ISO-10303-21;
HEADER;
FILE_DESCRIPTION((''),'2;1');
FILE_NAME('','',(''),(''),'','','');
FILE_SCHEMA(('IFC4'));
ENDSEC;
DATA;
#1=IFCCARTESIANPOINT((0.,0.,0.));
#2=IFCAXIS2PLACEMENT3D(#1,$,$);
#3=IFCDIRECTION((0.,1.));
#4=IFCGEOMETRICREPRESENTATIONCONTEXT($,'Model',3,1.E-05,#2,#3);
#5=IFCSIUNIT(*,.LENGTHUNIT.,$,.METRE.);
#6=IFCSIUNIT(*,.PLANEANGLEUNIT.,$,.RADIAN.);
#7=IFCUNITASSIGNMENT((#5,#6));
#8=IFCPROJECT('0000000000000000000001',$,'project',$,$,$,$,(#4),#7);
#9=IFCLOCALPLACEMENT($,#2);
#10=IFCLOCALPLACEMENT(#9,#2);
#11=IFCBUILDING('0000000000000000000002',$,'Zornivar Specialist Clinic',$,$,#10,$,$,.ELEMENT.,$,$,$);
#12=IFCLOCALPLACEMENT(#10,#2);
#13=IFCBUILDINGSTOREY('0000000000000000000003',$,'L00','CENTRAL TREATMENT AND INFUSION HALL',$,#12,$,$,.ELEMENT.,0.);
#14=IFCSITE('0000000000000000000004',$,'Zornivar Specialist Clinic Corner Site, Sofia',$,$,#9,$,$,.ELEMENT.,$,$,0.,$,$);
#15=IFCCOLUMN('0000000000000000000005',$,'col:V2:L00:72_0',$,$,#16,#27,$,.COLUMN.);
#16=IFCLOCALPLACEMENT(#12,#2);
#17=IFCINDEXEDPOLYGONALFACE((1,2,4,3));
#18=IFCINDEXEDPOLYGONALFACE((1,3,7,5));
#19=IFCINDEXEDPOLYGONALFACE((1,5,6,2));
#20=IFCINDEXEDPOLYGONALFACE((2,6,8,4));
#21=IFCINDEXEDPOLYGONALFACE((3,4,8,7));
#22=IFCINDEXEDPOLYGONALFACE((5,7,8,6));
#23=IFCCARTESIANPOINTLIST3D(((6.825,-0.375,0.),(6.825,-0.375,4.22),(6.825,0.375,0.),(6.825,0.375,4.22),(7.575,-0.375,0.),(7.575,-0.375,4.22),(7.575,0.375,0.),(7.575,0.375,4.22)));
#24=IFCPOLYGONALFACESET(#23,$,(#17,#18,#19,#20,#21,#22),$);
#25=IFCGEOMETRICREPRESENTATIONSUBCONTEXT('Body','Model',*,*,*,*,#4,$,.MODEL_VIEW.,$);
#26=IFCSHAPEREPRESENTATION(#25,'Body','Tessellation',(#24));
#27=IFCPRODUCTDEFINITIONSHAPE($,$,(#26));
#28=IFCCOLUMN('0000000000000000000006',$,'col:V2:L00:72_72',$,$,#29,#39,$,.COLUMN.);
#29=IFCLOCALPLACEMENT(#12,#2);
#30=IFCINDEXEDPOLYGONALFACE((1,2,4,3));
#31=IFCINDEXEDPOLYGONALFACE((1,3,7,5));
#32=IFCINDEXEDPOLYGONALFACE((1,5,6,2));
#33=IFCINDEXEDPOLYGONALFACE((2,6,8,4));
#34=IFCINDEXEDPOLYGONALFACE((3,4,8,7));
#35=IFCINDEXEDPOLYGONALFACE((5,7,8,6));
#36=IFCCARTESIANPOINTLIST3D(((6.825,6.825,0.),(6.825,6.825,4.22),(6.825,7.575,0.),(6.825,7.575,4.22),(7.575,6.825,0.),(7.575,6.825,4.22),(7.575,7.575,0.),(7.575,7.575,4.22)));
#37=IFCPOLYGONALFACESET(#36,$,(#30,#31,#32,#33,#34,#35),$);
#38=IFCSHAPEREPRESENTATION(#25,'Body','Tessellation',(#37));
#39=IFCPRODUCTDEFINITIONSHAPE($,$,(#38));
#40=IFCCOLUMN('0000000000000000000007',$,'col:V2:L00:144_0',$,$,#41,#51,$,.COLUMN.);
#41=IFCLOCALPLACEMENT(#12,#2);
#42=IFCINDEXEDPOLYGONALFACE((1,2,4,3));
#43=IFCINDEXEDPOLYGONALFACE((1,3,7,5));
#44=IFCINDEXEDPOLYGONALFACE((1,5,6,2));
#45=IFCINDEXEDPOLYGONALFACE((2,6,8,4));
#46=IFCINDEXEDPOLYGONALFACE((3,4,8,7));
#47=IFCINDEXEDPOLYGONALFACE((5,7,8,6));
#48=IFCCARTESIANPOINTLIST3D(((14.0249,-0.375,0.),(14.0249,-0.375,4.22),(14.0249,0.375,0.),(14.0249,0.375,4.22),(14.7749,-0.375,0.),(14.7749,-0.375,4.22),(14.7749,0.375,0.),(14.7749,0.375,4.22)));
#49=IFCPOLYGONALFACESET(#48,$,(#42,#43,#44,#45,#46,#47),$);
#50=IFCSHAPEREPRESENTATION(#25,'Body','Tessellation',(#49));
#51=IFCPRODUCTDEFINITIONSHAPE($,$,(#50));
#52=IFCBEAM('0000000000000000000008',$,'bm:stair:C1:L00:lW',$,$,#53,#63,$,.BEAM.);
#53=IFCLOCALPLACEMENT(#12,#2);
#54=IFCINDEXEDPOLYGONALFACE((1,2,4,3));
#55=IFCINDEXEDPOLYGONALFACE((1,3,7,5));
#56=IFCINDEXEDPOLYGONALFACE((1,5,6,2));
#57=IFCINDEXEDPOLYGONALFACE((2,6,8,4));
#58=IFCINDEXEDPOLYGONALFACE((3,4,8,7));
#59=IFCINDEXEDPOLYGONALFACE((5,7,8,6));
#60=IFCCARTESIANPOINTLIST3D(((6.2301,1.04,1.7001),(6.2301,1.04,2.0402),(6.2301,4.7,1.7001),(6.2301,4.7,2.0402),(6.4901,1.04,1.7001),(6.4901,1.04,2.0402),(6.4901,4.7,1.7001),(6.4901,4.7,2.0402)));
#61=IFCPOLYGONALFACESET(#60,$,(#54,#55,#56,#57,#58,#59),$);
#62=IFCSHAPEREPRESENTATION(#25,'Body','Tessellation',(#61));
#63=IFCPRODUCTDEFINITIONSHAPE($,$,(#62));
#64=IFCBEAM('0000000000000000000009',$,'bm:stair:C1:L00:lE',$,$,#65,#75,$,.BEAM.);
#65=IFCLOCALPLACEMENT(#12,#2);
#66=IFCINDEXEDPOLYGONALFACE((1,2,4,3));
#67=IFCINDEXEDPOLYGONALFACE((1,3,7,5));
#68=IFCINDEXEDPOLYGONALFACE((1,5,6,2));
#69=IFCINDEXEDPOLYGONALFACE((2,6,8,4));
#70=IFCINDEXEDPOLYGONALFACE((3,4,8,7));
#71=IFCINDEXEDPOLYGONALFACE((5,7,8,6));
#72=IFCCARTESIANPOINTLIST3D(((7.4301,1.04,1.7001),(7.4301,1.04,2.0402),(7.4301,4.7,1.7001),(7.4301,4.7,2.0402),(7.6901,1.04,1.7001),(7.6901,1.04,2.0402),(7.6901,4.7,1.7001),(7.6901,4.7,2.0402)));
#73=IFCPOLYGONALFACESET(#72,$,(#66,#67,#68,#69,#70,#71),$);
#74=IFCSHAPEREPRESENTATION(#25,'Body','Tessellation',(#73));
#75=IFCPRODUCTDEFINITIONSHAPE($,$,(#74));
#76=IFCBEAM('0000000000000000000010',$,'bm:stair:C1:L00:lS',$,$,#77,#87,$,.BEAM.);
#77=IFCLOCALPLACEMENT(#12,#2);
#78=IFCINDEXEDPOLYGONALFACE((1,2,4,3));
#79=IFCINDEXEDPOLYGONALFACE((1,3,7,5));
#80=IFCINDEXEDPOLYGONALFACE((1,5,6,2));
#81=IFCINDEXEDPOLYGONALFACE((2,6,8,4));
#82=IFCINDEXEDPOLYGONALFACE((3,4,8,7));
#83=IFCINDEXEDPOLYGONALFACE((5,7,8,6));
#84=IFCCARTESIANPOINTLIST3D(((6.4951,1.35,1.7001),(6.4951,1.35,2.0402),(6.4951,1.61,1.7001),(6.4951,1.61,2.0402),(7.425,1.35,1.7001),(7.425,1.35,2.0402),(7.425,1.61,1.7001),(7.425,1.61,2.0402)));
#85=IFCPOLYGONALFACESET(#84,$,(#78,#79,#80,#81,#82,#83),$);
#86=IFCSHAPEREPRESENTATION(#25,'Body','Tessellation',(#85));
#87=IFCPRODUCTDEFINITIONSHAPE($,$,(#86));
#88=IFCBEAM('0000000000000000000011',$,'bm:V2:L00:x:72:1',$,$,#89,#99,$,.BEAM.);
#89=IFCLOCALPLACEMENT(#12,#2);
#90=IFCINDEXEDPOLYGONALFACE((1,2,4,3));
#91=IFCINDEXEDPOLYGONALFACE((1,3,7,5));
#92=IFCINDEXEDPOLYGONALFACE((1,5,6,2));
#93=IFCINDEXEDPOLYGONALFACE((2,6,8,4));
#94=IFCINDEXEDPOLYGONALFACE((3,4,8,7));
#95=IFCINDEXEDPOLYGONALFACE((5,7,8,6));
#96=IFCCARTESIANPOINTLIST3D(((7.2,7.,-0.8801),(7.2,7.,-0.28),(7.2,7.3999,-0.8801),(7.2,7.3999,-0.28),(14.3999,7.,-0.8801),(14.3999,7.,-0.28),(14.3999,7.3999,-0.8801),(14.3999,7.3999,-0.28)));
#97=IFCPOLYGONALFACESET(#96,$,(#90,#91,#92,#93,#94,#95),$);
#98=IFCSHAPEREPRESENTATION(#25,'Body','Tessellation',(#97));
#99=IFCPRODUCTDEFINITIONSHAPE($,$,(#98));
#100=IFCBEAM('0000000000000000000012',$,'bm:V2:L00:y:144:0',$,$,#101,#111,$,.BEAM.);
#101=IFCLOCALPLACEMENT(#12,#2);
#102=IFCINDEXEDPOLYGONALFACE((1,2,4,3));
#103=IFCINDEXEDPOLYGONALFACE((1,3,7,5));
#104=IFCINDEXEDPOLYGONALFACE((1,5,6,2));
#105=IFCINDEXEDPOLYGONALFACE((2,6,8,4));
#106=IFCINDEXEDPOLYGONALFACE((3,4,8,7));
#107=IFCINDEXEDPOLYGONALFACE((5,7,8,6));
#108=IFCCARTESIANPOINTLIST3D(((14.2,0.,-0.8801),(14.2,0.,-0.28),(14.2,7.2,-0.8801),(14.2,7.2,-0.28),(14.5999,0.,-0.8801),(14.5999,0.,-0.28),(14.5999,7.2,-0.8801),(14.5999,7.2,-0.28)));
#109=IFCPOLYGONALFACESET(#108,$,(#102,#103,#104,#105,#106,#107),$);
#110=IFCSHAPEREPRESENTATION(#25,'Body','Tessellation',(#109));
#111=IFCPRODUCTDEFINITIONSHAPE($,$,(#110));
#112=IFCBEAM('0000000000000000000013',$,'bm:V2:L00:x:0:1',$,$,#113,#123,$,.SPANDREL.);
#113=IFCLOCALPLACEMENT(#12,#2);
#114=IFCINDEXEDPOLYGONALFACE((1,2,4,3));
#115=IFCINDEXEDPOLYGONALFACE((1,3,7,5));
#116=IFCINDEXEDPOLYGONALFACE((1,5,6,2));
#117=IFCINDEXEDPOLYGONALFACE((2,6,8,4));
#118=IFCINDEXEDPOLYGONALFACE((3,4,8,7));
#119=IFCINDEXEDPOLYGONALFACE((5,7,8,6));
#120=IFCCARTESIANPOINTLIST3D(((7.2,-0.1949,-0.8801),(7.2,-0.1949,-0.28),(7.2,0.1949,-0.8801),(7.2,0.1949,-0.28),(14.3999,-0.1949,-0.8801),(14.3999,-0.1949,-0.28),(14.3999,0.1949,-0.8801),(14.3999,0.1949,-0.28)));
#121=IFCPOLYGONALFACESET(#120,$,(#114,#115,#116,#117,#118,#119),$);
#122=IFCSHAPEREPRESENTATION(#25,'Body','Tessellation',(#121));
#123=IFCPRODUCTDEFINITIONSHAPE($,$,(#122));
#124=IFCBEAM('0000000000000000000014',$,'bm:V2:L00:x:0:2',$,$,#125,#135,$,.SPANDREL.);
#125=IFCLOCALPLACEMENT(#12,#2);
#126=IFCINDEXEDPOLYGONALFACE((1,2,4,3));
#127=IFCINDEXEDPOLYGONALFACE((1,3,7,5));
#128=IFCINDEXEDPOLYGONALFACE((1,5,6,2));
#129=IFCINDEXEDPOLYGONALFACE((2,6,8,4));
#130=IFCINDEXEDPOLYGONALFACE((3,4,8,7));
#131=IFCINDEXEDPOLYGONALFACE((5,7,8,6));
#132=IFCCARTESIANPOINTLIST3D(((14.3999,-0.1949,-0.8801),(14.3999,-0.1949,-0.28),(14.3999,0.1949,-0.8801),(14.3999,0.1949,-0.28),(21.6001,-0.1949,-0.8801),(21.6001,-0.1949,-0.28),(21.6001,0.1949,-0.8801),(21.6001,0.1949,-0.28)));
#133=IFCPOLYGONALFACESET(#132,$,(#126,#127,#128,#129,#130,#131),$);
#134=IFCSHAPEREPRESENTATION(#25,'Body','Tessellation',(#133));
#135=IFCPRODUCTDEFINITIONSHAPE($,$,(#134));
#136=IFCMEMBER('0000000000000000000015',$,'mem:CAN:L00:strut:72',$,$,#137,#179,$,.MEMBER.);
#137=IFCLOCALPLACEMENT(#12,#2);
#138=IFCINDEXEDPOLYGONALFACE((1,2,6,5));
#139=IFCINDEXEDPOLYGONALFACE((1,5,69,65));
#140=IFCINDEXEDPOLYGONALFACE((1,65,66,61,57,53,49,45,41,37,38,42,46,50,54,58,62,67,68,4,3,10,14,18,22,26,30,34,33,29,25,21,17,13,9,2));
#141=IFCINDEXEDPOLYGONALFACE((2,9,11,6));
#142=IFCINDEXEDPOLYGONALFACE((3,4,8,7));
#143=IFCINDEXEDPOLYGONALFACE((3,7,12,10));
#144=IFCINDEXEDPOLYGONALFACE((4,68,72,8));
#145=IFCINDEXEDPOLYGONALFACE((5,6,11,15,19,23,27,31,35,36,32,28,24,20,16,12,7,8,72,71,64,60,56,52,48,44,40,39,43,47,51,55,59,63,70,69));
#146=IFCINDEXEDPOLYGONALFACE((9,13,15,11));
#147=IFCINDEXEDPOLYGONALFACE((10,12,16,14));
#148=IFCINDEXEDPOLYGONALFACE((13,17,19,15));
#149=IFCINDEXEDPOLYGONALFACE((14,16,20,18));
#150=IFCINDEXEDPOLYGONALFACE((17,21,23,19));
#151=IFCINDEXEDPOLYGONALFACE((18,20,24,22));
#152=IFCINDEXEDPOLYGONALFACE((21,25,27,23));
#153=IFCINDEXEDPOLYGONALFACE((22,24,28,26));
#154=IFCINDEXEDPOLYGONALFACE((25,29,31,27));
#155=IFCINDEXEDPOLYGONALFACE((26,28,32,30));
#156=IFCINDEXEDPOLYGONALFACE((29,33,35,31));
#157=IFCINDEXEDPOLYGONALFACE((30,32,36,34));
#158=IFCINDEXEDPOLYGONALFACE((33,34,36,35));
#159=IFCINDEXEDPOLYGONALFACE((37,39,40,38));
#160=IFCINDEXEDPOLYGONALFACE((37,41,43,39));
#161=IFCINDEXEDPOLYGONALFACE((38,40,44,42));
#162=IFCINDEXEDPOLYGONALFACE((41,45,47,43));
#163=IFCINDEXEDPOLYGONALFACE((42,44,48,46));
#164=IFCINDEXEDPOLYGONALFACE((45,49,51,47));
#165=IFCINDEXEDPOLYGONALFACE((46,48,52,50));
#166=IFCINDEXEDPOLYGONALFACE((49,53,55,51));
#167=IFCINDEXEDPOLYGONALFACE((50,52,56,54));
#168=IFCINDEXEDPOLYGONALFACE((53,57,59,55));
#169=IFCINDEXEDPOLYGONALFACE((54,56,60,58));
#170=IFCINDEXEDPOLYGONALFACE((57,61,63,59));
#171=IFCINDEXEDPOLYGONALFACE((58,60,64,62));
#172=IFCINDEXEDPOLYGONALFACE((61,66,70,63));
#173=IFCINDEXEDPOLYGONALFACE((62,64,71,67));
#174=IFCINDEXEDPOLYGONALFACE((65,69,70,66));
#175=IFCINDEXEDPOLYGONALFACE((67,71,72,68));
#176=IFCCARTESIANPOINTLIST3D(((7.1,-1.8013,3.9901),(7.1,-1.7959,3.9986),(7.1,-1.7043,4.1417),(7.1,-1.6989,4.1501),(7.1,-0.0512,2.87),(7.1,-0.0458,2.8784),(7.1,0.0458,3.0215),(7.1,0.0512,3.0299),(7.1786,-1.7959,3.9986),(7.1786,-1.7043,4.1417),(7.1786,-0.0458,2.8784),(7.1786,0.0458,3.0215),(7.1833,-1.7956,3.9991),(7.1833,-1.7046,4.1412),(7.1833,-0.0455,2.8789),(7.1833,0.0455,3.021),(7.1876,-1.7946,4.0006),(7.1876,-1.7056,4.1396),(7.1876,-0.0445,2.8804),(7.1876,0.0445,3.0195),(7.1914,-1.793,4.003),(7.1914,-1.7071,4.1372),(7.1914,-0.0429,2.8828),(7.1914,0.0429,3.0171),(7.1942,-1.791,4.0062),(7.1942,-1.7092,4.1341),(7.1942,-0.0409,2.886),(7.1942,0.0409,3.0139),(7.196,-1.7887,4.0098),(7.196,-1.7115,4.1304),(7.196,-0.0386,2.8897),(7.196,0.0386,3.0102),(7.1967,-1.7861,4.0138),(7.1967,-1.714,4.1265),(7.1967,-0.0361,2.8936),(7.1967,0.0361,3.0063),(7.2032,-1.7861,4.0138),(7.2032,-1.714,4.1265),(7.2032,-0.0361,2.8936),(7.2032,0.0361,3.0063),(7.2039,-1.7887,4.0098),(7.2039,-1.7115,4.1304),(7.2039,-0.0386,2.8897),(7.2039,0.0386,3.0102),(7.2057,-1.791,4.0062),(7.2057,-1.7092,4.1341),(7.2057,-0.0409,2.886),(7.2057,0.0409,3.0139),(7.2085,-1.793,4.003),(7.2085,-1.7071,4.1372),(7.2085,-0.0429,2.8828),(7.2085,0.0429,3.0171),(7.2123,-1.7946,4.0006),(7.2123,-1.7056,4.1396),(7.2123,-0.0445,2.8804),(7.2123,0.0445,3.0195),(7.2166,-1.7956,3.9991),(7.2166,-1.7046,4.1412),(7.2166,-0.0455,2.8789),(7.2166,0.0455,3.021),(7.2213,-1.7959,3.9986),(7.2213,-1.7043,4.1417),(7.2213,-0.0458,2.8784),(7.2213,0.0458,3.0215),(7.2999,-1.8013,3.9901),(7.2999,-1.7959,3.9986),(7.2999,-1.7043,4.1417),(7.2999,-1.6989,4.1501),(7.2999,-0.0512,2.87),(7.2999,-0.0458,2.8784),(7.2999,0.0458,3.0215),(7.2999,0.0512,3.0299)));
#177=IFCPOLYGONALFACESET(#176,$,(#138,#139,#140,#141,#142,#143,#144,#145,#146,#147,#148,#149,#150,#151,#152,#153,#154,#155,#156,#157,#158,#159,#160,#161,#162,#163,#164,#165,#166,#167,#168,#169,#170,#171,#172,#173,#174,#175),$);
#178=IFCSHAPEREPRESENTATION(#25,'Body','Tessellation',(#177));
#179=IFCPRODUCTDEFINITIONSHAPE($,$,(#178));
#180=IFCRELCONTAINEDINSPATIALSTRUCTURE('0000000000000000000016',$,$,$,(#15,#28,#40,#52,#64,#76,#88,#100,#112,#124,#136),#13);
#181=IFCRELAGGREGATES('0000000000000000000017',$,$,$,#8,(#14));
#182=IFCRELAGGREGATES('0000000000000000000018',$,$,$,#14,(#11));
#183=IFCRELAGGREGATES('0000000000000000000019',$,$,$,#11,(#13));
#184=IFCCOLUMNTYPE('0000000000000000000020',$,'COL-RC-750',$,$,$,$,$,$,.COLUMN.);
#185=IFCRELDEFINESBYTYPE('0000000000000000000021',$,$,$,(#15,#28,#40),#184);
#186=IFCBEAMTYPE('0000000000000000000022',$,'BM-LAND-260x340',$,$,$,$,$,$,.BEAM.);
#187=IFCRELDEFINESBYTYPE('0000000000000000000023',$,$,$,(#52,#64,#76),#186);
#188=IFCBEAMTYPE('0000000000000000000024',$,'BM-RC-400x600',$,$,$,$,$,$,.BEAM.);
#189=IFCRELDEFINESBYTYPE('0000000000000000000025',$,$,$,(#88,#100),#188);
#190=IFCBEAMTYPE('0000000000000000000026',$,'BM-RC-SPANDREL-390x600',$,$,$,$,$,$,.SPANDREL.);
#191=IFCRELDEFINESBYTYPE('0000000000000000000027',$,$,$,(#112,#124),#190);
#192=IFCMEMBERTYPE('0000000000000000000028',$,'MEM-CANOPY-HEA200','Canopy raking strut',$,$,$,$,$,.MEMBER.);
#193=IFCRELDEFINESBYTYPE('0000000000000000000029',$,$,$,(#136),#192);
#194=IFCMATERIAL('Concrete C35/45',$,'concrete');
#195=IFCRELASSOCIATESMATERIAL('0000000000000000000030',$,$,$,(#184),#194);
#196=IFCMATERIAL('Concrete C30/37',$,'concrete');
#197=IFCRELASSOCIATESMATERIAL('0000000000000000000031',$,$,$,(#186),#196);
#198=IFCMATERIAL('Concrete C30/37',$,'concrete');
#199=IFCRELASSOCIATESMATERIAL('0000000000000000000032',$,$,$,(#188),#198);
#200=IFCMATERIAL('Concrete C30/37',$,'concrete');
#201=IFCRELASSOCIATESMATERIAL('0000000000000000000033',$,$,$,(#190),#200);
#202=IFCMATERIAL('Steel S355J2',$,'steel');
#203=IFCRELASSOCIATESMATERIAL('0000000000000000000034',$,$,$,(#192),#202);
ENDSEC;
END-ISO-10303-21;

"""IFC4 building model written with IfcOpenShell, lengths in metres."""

from ifc_helpers import new_model, si_unit, direction, frame, origin, origin_2d, place, context, subcontext, project, spatial, rectangle, i_section, extrude, material, material_profile, profile_set, type_object, element, save


model = new_model("IFC4")

# Units and contexts
model_context = context("Model", 3, precision=1e-05, world=origin(), true_north=direction((0.0, 1.0)))
body_context = subcontext(model_context, "Body", "Model", "MODEL_VIEW")
ifc_project = project(units=[si_unit("LENGTHUNIT", "METRE"), si_unit("PLANEANGLEUNIT", "RADIAN")], contexts=[model_context])

# Site, building, storey
site_placement = place(None, origin())
site = spatial("IfcSite", under=ifc_project, at=site_placement, Name="Zornivar Specialist Clinic Corner Site, Sofia", CompositionType="ELEMENT", RefElevation=0.0)
building_placement = place(site_placement, origin())
building = spatial("IfcBuilding", under=site, at=building_placement, Name="Zornivar Specialist Clinic", CompositionType="ELEMENT")
storey_placement = place(building_placement, origin())
storey = spatial("IfcBuildingStorey", under=building, at=storey_placement, Name="L00", Description="CENTRAL TREATMENT AND INFUSION HALL", CompositionType="ELEMENT", Elevation=0.0)

# Columns
ifc_material_1 = material(Name="Concrete C35/45", Category="concrete")
ifc_material_profile_1 = material_profile(ifc_material_1, rectangle(XDim=0.75, YDim=0.75, at=origin_2d()), Name="RC 750x750")
ifc_profile_set_1 = profile_set([ifc_material_profile_1], Name="Concrete C35/45")
column_type = type_object("IfcColumnType", Name="COL-RC-750", PredefinedType="COLUMN", material=ifc_profile_set_1)
for number, where, z_axis, x_axis, name in (
    (1, (7.2, 0.0, 0.0), (0.0, 0.0, 1.0), (1.0, 0.0, 0.0), "col:V2:L00:72_0"),
    (2, (7.2, 7.2, 0.0), (0.0, 0.0, 1.0), (1.0, 0.0, 0.0), "col:V2:L00:72_72"),
    (3, (14.3999, 0.0, 0.0), (0.0, 0.0, 1.0), (1.0, 0.0, 0.0), "col:V2:L00:144_0"),
):
    element("IfcColumn", number, at=place(storey_placement, frame(where, z_axis=z_axis, x_axis=x_axis)), inside=storey, type_object=column_type, Name=name, PredefinedType="COLUMN", context=body_context, shape_type="SweptSolid", body=[
        extrude(rectangle(XDim=0.75, YDim=0.75, at=origin_2d()), origin(), (0.0, 0.0, 1.0), 4.22),
    ])

# Beams
ifc_material_2 = material(Name="Concrete C30/37", Category="concrete")
ifc_material_profile_2 = material_profile(ifc_material_2, rectangle(XDim=0.26, YDim=0.3401, at=origin_2d()), Name="RC 260x340")
ifc_profile_set_2 = profile_set([ifc_material_profile_2], Name="Concrete C30/37")
beam_type_1 = type_object("IfcBeamType", Name="BM-LAND-260x340", PredefinedType="BEAM", material=ifc_profile_set_2)
for number, where, z_axis, x_axis, name in (
    (4, (6.3601, 1.04, 1.8701), (0.0, 1.0, 0.0), (-1.0, 0.0, 0.0), "bm:stair:C1:L00:lW"),
    (5, (7.5601, 1.04, 1.8701), (0.0, 1.0, 0.0), (-1.0, 0.0, 0.0), "bm:stair:C1:L00:lE"),
):
    element("IfcBeam", number, at=place(storey_placement, frame(where, z_axis=z_axis, x_axis=x_axis)), inside=storey, type_object=beam_type_1, Name=name, PredefinedType="BEAM", context=body_context, shape_type="SweptSolid", body=[
        extrude(rectangle(XDim=0.26, YDim=0.3401, at=origin_2d()), origin(), (0.0, 0.0, 1.0), 3.6599),
    ])
beam_1_placement = place(storey_placement, frame((6.4951, 1.48, 1.8701), z_axis=(1.0, 0.0, 0.0), x_axis=(0.0, 1.0, 0.0)))
element("IfcBeam", 6, at=beam_1_placement, inside=storey, type_object=beam_type_1, Name="bm:stair:C1:L00:lS", PredefinedType="BEAM", context=body_context, shape_type="SweptSolid", body=[
    extrude(rectangle(XDim=0.26, YDim=0.3401, at=origin_2d()), origin(), (0.0, 0.0, 1.0), 0.9299),
])
ifc_material_3 = material(Name="Concrete C30/37", Category="concrete")
ifc_material_profile_3 = material_profile(ifc_material_3, rectangle(XDim=0.3999, YDim=0.6001, at=origin_2d()), Name="RC 400x600")
ifc_profile_set_3 = profile_set([ifc_material_profile_3], Name="Concrete C30/37")
beam_type_2 = type_object("IfcBeamType", Name="BM-RC-400x600", PredefinedType="BEAM", material=ifc_profile_set_3)
for number, where, z_axis, x_axis, name in (
    (7, (7.2, 7.2, -0.5801), (1.0, 0.0, 0.0), (0.0, 1.0, 0.0), "bm:V2:L00:x:72:1"),
    (8, (14.3999, 0.0, -0.5801), (0.0, 1.0, 0.0), (-1.0, 0.0, 0.0), "bm:V2:L00:y:144:0"),
):
    element("IfcBeam", number, at=place(storey_placement, frame(where, z_axis=z_axis, x_axis=x_axis)), inside=storey, type_object=beam_type_2, Name=name, PredefinedType="BEAM", context=body_context, shape_type="SweptSolid", body=[
        extrude(rectangle(XDim=0.3999, YDim=0.6001, at=origin_2d()), origin(), (0.0, 0.0, 1.0), 7.2),
    ])
ifc_material_4 = material(Name="Concrete C30/37", Category="concrete")
ifc_material_profile_4 = material_profile(ifc_material_4, rectangle(XDim=0.3899, YDim=0.6001, at=origin_2d()), Name="RC 390x600")
ifc_profile_set_4 = profile_set([ifc_material_profile_4], Name="Concrete C30/37")
beam_type_3 = type_object("IfcBeamType", Name="BM-RC-SPANDREL-390x600", PredefinedType="SPANDREL", material=ifc_profile_set_4)
beam_2_placement = place(storey_placement, frame((7.2, 0.0, -0.5801), z_axis=(1.0, 0.0, 0.0), x_axis=(0.0, 1.0, 0.0)))
element("IfcBeam", 9, at=beam_2_placement, inside=storey, type_object=beam_type_3, Name="bm:V2:L00:x:0:1", PredefinedType="SPANDREL", context=body_context, shape_type="SweptSolid", body=[
    extrude(rectangle(XDim=0.3899, YDim=0.6001, at=origin_2d()), origin(), (0.0, 0.0, 1.0), 7.2),
])
beam_3_placement = place(storey_placement, frame((14.3999, 0.0, -0.5801), z_axis=(1.0, 0.0, 0.0), x_axis=(0.0, 1.0, 0.0)))
element("IfcBeam", 10, at=beam_3_placement, inside=storey, type_object=beam_type_3, Name="bm:V2:L00:x:0:2", PredefinedType="SPANDREL", context=body_context, shape_type="SweptSolid", body=[
    extrude(rectangle(XDim=0.3899, YDim=0.6001, at=origin_2d()), origin(), (0.0, 0.0, 1.0), 7.2002),
])

# Member
ifc_material_5 = material(Name="Steel S355J2", Category="steel")
ifc_material_profile_5 = material_profile(ifc_material_5, i_section(OverallWidth=0.2, OverallDepth=0.1899, WebThickness=0.0066, FlangeThickness=0.01, FilletRadius=0.0181, at=origin_2d()), Name="HEA 200")
ifc_profile_set_5 = profile_set([ifc_material_profile_5], Name="Steel S355J2")
member_type = type_object("IfcMemberType", Name="MEM-CANOPY-HEA200", Description="Canopy raking strut", PredefinedType="MEMBER", material=ifc_profile_set_5)
for number, where, z_axis, x_axis, name in (
    (11, (7.2, 0.0, 2.95), (0.0, -0.842246, 0.539094), (1.0, 0.0, 0.0), "mem:CAN:L00:strut:72"),
):
    element("IfcMember", number, at=place(storey_placement, frame(where, z_axis=z_axis, x_axis=x_axis)), inside=storey, type_object=member_type, Name=name, PredefinedType="MEMBER", context=body_context, shape_type="SweptSolid", body=[
        extrude(i_section(OverallWidth=0.2, OverallDepth=0.1899, WebThickness=0.0066, FlangeThickness=0.01, FilletRadius=0.0181, at=origin_2d()), origin(), (0.0, 0.0, 1.0), 2.0779),
    ])

save(model, "model.ifc")
